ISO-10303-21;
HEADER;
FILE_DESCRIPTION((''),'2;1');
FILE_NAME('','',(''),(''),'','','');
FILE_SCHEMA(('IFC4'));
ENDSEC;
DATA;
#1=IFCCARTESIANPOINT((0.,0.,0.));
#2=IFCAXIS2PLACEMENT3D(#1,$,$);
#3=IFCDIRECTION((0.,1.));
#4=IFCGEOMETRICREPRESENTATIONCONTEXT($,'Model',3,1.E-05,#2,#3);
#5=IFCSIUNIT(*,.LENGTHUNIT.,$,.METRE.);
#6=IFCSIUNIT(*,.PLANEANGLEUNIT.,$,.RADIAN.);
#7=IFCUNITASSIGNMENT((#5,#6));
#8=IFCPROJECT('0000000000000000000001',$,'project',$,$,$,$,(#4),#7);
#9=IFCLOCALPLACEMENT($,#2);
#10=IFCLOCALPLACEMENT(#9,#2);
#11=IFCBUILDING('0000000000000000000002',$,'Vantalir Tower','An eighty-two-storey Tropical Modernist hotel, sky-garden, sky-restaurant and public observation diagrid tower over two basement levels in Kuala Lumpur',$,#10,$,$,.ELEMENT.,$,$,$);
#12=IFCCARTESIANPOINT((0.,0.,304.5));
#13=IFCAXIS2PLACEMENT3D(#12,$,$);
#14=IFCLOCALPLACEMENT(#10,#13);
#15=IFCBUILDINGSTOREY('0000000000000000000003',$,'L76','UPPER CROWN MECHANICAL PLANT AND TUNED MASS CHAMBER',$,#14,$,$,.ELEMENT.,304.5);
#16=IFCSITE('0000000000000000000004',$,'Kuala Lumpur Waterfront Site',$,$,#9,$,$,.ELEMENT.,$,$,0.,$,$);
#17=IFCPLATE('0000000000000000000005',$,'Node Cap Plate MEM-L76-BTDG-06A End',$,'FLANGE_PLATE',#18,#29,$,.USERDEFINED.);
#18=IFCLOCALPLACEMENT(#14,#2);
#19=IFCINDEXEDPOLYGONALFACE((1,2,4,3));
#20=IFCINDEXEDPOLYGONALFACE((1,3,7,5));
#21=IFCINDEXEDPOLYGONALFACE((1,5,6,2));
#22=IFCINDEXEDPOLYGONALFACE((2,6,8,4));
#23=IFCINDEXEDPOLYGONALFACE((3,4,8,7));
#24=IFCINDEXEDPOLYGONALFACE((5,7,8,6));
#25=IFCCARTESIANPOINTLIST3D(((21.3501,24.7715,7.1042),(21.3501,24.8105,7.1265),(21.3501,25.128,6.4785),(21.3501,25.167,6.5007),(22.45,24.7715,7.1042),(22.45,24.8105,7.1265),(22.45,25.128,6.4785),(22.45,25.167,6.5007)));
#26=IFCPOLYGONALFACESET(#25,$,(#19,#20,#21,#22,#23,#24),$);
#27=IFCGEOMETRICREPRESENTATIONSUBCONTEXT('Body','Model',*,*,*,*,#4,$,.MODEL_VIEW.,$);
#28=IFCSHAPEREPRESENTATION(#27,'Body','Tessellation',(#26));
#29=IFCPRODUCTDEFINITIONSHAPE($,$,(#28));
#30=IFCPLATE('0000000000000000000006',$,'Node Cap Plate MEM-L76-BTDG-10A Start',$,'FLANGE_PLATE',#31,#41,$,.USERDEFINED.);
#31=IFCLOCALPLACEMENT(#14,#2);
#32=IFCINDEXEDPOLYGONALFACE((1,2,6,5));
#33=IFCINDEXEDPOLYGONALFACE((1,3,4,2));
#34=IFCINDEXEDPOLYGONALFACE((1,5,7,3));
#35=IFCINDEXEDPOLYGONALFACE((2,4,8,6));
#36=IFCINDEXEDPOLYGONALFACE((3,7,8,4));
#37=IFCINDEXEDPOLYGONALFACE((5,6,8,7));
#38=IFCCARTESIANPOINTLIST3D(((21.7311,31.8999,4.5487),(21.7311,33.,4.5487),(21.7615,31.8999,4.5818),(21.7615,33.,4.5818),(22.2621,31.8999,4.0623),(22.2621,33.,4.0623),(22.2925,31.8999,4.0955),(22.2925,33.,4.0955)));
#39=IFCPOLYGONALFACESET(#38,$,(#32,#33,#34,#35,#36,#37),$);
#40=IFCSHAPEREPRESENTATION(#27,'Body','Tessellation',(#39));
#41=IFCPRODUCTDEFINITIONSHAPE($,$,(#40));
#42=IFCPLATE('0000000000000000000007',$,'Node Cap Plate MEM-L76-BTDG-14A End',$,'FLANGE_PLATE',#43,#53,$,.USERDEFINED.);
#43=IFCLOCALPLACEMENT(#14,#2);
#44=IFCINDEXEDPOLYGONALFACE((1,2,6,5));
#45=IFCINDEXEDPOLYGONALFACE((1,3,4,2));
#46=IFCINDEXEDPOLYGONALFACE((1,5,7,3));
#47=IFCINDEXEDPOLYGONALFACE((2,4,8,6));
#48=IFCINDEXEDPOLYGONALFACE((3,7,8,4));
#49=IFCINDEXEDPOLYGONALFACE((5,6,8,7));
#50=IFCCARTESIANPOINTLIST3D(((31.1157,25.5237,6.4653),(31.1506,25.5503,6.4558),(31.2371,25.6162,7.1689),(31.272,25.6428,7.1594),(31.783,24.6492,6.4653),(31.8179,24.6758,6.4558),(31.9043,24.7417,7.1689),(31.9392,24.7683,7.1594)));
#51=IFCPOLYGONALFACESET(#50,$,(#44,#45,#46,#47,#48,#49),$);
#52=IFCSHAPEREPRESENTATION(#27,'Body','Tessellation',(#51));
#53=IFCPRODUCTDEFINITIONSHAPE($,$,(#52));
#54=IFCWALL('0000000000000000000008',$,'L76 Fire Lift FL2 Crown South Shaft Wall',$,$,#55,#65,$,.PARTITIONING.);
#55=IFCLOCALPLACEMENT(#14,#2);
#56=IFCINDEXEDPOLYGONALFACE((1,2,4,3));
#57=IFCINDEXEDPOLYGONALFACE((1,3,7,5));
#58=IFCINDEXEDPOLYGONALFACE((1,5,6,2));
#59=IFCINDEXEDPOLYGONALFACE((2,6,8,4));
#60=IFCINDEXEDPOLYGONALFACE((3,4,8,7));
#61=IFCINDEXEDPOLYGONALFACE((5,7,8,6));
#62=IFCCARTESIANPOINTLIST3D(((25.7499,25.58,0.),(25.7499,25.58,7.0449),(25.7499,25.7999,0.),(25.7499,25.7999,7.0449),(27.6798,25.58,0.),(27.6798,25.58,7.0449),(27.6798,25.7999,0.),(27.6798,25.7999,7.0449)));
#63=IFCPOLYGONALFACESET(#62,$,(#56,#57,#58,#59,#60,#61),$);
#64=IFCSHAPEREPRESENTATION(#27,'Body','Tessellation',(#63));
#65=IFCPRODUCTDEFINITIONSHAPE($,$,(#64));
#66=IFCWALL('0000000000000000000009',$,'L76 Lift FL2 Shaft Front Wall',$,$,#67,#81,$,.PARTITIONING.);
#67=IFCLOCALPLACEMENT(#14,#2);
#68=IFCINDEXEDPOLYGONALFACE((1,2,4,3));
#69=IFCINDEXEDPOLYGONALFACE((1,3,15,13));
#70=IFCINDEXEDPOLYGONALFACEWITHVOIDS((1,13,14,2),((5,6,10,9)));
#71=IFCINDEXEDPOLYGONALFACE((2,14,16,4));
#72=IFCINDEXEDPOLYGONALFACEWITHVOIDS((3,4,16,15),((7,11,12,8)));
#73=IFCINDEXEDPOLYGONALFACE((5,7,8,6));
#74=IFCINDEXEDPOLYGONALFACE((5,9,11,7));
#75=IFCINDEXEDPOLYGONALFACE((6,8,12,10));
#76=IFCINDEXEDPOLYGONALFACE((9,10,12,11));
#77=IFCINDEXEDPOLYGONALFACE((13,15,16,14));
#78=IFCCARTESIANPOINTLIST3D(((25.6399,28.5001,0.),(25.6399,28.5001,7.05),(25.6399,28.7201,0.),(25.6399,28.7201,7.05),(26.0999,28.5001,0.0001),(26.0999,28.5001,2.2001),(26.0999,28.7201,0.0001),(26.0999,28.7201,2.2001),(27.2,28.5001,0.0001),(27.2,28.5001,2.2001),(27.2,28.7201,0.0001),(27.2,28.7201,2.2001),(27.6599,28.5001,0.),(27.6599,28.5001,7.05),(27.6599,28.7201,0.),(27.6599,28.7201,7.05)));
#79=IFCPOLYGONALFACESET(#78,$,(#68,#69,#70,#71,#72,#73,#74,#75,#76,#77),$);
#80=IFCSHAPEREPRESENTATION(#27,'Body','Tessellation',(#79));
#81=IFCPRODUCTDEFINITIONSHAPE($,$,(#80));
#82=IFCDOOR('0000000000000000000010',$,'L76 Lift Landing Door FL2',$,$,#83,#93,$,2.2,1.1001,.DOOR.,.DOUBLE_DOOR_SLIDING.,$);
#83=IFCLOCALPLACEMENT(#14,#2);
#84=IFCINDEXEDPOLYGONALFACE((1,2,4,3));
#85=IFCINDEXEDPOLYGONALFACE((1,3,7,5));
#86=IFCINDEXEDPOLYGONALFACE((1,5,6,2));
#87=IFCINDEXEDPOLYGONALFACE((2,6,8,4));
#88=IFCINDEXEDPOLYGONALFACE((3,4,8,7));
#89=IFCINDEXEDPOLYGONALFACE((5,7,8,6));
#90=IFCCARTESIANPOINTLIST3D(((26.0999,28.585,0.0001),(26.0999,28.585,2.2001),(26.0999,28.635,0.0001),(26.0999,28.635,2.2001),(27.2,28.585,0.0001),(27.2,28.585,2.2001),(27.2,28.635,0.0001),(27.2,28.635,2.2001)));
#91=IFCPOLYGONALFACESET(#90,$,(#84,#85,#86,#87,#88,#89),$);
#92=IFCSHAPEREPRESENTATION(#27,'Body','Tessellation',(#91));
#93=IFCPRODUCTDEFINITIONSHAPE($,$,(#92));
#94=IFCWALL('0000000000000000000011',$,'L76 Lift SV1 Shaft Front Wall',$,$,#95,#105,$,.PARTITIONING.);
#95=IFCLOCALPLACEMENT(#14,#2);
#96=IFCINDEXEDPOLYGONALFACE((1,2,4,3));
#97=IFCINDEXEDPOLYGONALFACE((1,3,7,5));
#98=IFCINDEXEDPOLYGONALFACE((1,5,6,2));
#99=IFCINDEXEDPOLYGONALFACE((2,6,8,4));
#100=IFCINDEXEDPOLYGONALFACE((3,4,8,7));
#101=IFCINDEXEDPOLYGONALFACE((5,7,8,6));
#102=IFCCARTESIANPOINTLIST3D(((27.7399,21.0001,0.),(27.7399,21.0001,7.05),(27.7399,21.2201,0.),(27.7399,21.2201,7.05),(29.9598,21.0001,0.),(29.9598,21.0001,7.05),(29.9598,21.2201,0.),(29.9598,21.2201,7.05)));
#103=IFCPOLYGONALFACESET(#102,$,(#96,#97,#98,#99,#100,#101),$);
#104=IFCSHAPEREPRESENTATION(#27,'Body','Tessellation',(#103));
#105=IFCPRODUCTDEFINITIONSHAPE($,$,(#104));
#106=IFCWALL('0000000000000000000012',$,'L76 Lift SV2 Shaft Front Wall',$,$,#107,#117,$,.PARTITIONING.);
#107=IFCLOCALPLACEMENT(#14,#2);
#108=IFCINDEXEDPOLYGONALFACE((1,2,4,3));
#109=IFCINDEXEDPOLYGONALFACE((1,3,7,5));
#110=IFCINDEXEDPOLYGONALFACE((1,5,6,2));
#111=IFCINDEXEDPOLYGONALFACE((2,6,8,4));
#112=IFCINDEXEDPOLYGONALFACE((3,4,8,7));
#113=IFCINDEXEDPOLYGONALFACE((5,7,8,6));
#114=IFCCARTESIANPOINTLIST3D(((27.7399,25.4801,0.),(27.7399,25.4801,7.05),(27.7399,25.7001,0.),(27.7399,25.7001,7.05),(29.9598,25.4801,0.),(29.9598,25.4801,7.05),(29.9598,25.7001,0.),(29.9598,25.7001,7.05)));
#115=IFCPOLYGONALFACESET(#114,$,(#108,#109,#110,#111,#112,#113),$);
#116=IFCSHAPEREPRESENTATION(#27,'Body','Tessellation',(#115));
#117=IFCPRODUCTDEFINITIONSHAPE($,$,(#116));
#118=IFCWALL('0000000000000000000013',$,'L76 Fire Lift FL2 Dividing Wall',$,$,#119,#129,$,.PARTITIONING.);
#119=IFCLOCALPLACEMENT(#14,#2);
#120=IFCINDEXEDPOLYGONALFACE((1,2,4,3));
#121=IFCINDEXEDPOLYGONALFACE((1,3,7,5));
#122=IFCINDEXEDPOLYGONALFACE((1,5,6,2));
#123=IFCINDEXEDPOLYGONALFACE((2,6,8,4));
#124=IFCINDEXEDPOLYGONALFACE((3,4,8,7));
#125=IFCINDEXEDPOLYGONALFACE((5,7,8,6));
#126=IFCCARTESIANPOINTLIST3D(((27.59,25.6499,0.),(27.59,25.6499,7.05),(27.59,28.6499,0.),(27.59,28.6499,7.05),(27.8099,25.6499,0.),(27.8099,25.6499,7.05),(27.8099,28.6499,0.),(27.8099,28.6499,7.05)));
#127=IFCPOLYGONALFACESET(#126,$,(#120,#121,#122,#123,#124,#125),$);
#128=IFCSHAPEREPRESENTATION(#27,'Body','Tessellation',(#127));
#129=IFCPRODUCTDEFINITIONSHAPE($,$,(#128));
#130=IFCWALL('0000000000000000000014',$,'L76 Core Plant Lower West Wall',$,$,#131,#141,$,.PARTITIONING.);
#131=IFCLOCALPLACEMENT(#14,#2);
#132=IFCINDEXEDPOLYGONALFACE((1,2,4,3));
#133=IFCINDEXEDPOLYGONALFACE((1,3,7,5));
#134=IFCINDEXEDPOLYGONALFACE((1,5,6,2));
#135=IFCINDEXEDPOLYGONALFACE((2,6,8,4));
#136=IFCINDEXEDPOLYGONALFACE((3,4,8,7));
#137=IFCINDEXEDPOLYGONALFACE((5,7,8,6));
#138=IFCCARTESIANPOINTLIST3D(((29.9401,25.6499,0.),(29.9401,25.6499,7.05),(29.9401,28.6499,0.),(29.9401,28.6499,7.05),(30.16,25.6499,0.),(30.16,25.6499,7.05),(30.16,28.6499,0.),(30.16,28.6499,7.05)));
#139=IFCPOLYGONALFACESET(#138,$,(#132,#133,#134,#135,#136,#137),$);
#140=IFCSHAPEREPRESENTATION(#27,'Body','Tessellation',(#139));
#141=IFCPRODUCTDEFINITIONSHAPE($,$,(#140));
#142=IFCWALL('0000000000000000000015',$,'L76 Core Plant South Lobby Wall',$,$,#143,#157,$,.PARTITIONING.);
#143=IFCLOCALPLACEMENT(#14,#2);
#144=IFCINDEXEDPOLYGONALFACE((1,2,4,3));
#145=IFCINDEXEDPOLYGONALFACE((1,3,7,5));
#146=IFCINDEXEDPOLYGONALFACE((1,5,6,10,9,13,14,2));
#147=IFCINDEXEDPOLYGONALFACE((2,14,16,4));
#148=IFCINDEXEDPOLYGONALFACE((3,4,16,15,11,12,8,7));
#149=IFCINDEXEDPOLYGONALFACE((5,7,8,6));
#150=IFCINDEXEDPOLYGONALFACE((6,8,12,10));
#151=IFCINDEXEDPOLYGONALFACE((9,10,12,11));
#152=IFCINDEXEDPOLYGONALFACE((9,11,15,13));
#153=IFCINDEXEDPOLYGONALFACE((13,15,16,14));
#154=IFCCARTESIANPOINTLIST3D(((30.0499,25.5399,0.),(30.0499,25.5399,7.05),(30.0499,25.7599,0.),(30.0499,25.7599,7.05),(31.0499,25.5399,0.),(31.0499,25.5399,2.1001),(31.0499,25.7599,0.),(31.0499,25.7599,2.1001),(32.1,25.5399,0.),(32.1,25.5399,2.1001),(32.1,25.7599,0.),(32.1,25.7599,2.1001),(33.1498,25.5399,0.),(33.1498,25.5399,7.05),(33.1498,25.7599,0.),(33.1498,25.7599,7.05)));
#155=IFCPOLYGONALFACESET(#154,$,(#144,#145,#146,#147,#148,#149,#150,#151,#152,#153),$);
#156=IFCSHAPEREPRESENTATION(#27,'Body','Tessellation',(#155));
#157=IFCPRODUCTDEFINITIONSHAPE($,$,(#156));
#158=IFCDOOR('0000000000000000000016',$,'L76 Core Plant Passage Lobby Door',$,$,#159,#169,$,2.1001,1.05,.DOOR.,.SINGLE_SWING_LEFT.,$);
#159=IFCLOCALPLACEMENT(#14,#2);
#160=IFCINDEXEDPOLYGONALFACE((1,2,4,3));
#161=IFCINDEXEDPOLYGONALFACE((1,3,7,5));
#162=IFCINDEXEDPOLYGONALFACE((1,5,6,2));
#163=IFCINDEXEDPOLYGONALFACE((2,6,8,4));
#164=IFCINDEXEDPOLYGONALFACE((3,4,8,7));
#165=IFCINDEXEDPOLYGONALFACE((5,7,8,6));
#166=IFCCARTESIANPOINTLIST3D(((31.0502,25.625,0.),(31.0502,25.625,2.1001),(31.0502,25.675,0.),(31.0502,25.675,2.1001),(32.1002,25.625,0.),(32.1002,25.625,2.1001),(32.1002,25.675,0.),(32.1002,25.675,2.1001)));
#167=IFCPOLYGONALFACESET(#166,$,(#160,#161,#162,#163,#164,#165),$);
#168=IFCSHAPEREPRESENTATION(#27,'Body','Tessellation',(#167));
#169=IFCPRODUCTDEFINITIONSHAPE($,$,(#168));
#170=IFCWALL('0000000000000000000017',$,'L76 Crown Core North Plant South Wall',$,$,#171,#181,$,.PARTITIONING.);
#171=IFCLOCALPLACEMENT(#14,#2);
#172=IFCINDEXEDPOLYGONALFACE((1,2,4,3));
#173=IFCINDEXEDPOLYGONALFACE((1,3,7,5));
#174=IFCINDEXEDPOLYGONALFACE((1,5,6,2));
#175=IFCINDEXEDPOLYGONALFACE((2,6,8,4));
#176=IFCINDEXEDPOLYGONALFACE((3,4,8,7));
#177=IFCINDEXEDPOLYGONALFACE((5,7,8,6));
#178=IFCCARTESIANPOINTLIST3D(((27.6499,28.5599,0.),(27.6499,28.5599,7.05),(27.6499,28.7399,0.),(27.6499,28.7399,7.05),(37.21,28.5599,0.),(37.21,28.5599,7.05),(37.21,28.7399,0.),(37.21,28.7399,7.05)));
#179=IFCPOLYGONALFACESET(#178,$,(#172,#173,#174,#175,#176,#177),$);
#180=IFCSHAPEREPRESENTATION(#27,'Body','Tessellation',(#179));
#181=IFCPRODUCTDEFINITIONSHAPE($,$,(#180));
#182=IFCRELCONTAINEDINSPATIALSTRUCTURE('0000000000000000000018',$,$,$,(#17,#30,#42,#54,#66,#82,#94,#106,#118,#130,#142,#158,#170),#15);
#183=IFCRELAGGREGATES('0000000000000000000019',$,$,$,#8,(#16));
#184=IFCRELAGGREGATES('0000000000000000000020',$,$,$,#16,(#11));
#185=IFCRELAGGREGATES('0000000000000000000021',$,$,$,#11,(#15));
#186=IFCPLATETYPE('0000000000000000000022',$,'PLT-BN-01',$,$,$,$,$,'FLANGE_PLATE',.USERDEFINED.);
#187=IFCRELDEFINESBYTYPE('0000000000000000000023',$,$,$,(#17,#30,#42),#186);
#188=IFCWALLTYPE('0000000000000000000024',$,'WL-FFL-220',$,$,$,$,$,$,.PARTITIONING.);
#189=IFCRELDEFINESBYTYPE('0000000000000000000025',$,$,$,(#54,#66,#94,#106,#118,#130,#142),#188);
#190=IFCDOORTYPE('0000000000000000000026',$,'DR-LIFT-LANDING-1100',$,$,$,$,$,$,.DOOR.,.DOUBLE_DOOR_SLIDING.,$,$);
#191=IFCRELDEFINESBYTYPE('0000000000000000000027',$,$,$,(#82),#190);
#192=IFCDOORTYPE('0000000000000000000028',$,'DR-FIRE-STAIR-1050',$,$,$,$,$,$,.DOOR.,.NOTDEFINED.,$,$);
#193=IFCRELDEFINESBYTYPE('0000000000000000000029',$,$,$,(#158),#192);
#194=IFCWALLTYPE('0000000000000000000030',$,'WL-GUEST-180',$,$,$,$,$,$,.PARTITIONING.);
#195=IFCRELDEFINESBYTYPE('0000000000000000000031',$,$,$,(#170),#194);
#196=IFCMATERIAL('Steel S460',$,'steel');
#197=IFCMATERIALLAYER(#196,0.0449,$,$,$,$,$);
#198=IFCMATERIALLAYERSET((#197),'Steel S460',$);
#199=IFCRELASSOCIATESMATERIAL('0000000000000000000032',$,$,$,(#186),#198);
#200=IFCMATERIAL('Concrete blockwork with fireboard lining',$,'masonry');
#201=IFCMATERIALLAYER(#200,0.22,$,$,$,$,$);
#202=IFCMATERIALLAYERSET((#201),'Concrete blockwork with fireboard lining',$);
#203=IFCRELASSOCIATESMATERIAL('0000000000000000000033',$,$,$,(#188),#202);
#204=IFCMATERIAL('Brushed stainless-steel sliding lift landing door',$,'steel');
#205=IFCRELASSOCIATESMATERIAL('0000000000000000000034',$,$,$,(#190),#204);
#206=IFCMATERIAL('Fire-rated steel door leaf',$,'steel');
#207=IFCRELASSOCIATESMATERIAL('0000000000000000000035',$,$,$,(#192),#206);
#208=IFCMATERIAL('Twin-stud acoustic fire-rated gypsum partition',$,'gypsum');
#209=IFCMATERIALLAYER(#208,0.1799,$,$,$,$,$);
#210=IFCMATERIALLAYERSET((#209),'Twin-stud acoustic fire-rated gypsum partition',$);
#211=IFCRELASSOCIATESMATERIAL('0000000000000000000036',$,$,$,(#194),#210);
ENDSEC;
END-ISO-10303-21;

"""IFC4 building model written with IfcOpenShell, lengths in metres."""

from ifc_helpers import new_model, si_unit, direction, frame, frame_2d, origin, place, context, subcontext, project, spatial, polyline, rectangle, outline, extrude, material, layer, layer_set, type_object, element, fill, save


model = new_model("IFC4")

# Units and contexts
model_context = context("Model", 3, precision=1e-05, world=origin(), true_north=direction((0.0, 1.0)))
body_context = subcontext(model_context, "Body", "Model", "MODEL_VIEW")
ifc_project = project(units=[si_unit("LENGTHUNIT", "METRE"), si_unit("PLANEANGLEUNIT", "RADIAN")], contexts=[model_context])

# Site, building, storey
site_placement = place(None, origin())
site = spatial("IfcSite", under=ifc_project, at=site_placement, Name="Kuala Lumpur Waterfront Site", CompositionType="ELEMENT", RefElevation=0.0)
building_placement = place(site_placement, origin())
building = spatial("IfcBuilding", under=site, at=building_placement, Name="Vantalir Tower", Description="An eighty-two-storey Tropical Modernist hotel, sky-garden, sky-restaurant and public observation diagrid tower over two basement levels in Kuala Lumpur", CompositionType="ELEMENT")
storey_placement = place(building_placement, frame((0.0, 0.0, 304.5)))
storey = spatial("IfcBuildingStorey", under=building, at=storey_placement, Name="L76", Description="UPPER CROWN MECHANICAL PLANT AND TUNED MASS CHAMBER", CompositionType="ELEMENT", Elevation=304.5)

# Plates
ifc_material_1 = material(Name="Steel S460", Category="steel")
ifc_layer_1 = layer(ifc_material_1, 0.0449)
ifc_layer_set_1 = layer_set([ifc_layer_1], Name="Steel S460")
plate_type = type_object("IfcPlateType", Name="PLT-BN-01", ElementType="FLANGE_PLATE", PredefinedType="USERDEFINED", material=ifc_layer_set_1)
plate_1_placement = place(storey_placement, frame((22.45, 25.167, 6.5007), z_axis=(0.0, 0.86891, 0.49497), x_axis=(-1.0, 0.0, 0.0)))
element("IfcPlate", 1, at=plate_1_placement, inside=storey, type_object=plate_type, Name="Node Cap Plate MEM-L76-BTDG-06A End", ObjectType="FLANGE_PLATE", PredefinedType="USERDEFINED", context=body_context, shape_type="SweptSolid", body=[
    extrude(outline(polyline([(0.0, 0.0), (1.0999, 0.0), (1.0999, 0.7201), (0.0, 0.7201), (0.0, 0.0)])), origin(), (0.0, 0.0, -1.0), 0.0449),
])
plate_2_placement = place(storey_placement, frame((22.2925, 31.8999, 4.0955), z_axis=(0.675402, 0.0, 0.73745), x_axis=(0.0, 1.0, 0.0)))
element("IfcPlate", 2, at=plate_2_placement, inside=storey, type_object=plate_type, Name="Node Cap Plate MEM-L76-BTDG-10A Start", ObjectType="FLANGE_PLATE", PredefinedType="USERDEFINED", context=body_context, shape_type="SweptSolid", body=[
    extrude(outline(polyline([(0.0, 0.0), (1.1001, 0.0), (1.1001, 0.7201), (0.0, 0.7201), (0.0, 0.0)])), origin(), (0.0, 0.0, -1.0), 0.0449),
])
plate_3_placement = place(storey_placement, frame((31.1157, 25.5237, 6.4653), z_axis=(-0.776958, -0.592804, 0.211943), x_axis=(0.606585, -0.795019, 0.0)))
element("IfcPlate", 3, at=plate_3_placement, inside=storey, type_object=plate_type, Name="Node Cap Plate MEM-L76-BTDG-14A End", ObjectType="FLANGE_PLATE", PredefinedType="USERDEFINED", context=body_context, shape_type="SweptSolid", body=[
    extrude(outline(polyline([(0.0, 0.0), (1.1, 0.0), (1.1, 0.72), (0.0, 0.72), (0.0, 0.0)])), origin(), (0.0, 0.0, -1.0), 0.0449),
])

# Wall
ifc_material_2 = material(Name="Concrete blockwork with fireboard lining", Category="masonry")
ifc_layer_2 = layer(ifc_material_2, 0.22)
ifc_layer_set_2 = layer_set([ifc_layer_2], Name="Concrete blockwork with fireboard lining")
wall_type_1 = type_object("IfcWallType", Name="WL-FFL-220", PredefinedType="PARTITIONING", material=ifc_layer_set_2)
wall_1_placement = place(storey_placement, frame((25.75, 25.6899, 0.0), z_axis=(0.0, 0.0, 1.0), x_axis=(1.0, 0.0, 0.0)))
element("IfcWall", 4, at=wall_1_placement, inside=storey, type_object=wall_type_1, Name="L76 Fire Lift FL2 Crown South Shaft Wall", PredefinedType="PARTITIONING", context=body_context, shape_type="SweptSolid", body=[
    extrude(rectangle(XDim=1.9299, YDim=0.22, at=frame_2d((0.9648, 0.0))), origin(), (0.0, 0.0, 1.0), 7.0449),
])

# Wall, opening, door
wall_2_placement = place(storey_placement, frame((25.6399, 28.6101, 0.0), z_axis=(0.0, 0.0, 1.0), x_axis=(1.0, 0.0, 0.0)))
wall_2 = element("IfcWall", 5, at=wall_2_placement, inside=storey, type_object=wall_type_1, Name="L76 Lift FL2 Shaft Front Wall", PredefinedType="PARTITIONING", context=body_context, shape_type="SweptSolid", body=[
    extrude(rectangle(XDim=2.02, YDim=0.22, at=frame_2d((1.01, 0.0))), origin(), (0.0, 0.0, 1.0), 7.05),
])
opening_1_placement = place(wall_2_placement, frame((0.46, 0.0, 0.0)))
opening_1 = element("IfcOpeningElement", 6, at=opening_1_placement, cuts=wall_2, PredefinedType="OPENING", context=body_context, shape_type="SweptSolid", body=[
    extrude(rectangle(XDim=1.1001, YDim=2.2, at=frame_2d((0.55, 1.1001))), frame((0.0, 0.1199, 0.0), z_axis=(0.0, -1.0, 0.0), x_axis=(1.0, 0.0, 0.0)), (0.0, 0.0, 1.0), 0.24),
])
ifc_material_3 = material(Name="Brushed stainless-steel sliding lift landing door", Category="steel")
door_type_1 = type_object("IfcDoorType", Name="DR-LIFT-LANDING-1100", OperationType="DOUBLE_DOOR_SLIDING", PredefinedType="DOOR", material=ifc_material_3)
door_1_placement = place(opening_1_placement, origin())
door_1 = element("IfcDoor", 7, at=door_1_placement, inside=storey, type_object=door_type_1, Name="L76 Lift Landing Door FL2", OperationType="DOUBLE_DOOR_SLIDING", OverallHeight=2.2, OverallWidth=1.1001, PredefinedType="DOOR", context=body_context, shape_type="SweptSolid", body=[
    extrude(rectangle(XDim=1.1001, YDim=2.2, at=frame_2d((0.55, 1.1001))), frame((0.0, 0.0249, 0.0), z_axis=(0.0, -1.0, 0.0), x_axis=(1.0, 0.0, 0.0)), (0.0, 0.0, 1.0), 0.05),
])
fill(opening_1, door_1)

# Walls
for number, where, z_axis, x_axis, name in (
    (8, (27.74, 21.1101, 0.0), (0.0, 0.0, 1.0), (1.0, 0.0, 0.0), "L76 Lift SV1 Shaft Front Wall"),
    (9, (27.74, 25.5901, 0.0), (0.0, 0.0, 1.0), (1.0, 0.0, 0.0), "L76 Lift SV2 Shaft Front Wall"),
):
    element("IfcWall", number, at=place(storey_placement, frame(where, z_axis=z_axis, x_axis=x_axis)), inside=storey, type_object=wall_type_1, Name=name, PredefinedType="PARTITIONING", context=body_context, shape_type="SweptSolid", body=[
        extrude(rectangle(XDim=2.22, YDim=0.22, at=frame_2d((1.1099, 0.0))), origin(), (0.0, 0.0, 1.0), 7.05),
    ])
for number, where, z_axis, x_axis, name in (
    (10, (27.7, 25.6499, 0.0), (0.0, 0.0, 1.0), (0.0, 1.0, 0.0), "L76 Fire Lift FL2 Dividing Wall"),
    (11, (30.05, 25.6499, 0.0), (0.0, 0.0, 1.0), (0.0, 1.0, 0.0), "L76 Core Plant Lower West Wall"),
):
    element("IfcWall", number, at=place(storey_placement, frame(where, z_axis=z_axis, x_axis=x_axis)), inside=storey, type_object=wall_type_1, Name=name, PredefinedType="PARTITIONING", context=body_context, shape_type="SweptSolid", body=[
        extrude(rectangle(XDim=3.0, YDim=0.22, at=frame_2d((1.5, 0.0))), origin(), (0.0, 0.0, 1.0), 7.05),
    ])

# Wall, opening, door
wall_3_placement = place(storey_placement, frame((30.05, 25.6499, 0.0), z_axis=(0.0, 0.0, 1.0), x_axis=(1.0, 0.0, 0.0)))
wall_3 = element("IfcWall", 12, at=wall_3_placement, inside=storey, type_object=wall_type_1, Name="L76 Core Plant South Lobby Wall", PredefinedType="PARTITIONING", context=body_context, shape_type="SweptSolid", body=[
    extrude(rectangle(XDim=3.0999, YDim=0.22, at=frame_2d((1.5498, 0.0))), origin(), (0.0, 0.0, 1.0), 7.05),
])
opening_2_placement = place(wall_3_placement, frame((1.0, 0.0, 0.0)))
opening_2 = element("IfcOpeningElement", 13, at=opening_2_placement, cuts=wall_3, PredefinedType="OPENING", context=body_context, shape_type="SweptSolid", body=[
    extrude(rectangle(XDim=1.05, YDim=2.1001, at=frame_2d((0.5249, 1.05))), frame((0.0, 0.1199, 0.0), z_axis=(0.0, -1.0, 0.0), x_axis=(1.0, 0.0, 0.0)), (0.0, 0.0, 1.0), 0.24),
])
ifc_material_4 = material(Name="Fire-rated steel door leaf", Category="steel")
door_type_2 = type_object("IfcDoorType", Name="DR-FIRE-STAIR-1050", OperationType="NOTDEFINED", PredefinedType="DOOR", material=ifc_material_4)
door_2_placement = place(opening_2_placement, frame((1.05, 0.0, 0.0), z_axis=(0.0, 0.0, 1.0), x_axis=(-1.0, 0.0, 0.0)))
door_2 = element("IfcDoor", 14, at=door_2_placement, inside=storey, type_object=door_type_2, Name="L76 Core Plant Passage Lobby Door", OperationType="SINGLE_SWING_LEFT", OverallHeight=2.1001, OverallWidth=1.05, PredefinedType="DOOR", context=body_context, shape_type="SweptSolid", body=[
    extrude(rectangle(XDim=1.05, YDim=2.1001, at=frame_2d((0.5249, 1.05))), frame((0.0, 0.0249, 0.0), z_axis=(0.0, -1.0, 0.0), x_axis=(1.0, 0.0, 0.0)), (0.0, 0.0, 1.0), 0.05),
])
fill(opening_2, door_2)

# Wall
ifc_material_5 = material(Name="Twin-stud acoustic fire-rated gypsum partition", Category="gypsum")
ifc_layer_3 = layer(ifc_material_5, 0.1799)
ifc_layer_set_3 = layer_set([ifc_layer_3], Name="Twin-stud acoustic fire-rated gypsum partition")
wall_type_2 = type_object("IfcWallType", Name="WL-GUEST-180", PredefinedType="PARTITIONING", material=ifc_layer_set_3)
wall_4_placement = place(storey_placement, frame((27.6499, 28.6499, 0.0), z_axis=(0.0, 0.0, 1.0), x_axis=(1.0, 0.0, 0.0)))
element("IfcWall", 15, at=wall_4_placement, inside=storey, type_object=wall_type_2, Name="L76 Crown Core North Plant South Wall", PredefinedType="PARTITIONING", context=body_context, shape_type="SweptSolid", body=[
    extrude(rectangle(XDim=9.5601, YDim=0.1799, at=frame_2d((4.78, 0.0))), origin(), (0.0, 0.0, 1.0), 7.05),
])

save(model, "model.ifc")
